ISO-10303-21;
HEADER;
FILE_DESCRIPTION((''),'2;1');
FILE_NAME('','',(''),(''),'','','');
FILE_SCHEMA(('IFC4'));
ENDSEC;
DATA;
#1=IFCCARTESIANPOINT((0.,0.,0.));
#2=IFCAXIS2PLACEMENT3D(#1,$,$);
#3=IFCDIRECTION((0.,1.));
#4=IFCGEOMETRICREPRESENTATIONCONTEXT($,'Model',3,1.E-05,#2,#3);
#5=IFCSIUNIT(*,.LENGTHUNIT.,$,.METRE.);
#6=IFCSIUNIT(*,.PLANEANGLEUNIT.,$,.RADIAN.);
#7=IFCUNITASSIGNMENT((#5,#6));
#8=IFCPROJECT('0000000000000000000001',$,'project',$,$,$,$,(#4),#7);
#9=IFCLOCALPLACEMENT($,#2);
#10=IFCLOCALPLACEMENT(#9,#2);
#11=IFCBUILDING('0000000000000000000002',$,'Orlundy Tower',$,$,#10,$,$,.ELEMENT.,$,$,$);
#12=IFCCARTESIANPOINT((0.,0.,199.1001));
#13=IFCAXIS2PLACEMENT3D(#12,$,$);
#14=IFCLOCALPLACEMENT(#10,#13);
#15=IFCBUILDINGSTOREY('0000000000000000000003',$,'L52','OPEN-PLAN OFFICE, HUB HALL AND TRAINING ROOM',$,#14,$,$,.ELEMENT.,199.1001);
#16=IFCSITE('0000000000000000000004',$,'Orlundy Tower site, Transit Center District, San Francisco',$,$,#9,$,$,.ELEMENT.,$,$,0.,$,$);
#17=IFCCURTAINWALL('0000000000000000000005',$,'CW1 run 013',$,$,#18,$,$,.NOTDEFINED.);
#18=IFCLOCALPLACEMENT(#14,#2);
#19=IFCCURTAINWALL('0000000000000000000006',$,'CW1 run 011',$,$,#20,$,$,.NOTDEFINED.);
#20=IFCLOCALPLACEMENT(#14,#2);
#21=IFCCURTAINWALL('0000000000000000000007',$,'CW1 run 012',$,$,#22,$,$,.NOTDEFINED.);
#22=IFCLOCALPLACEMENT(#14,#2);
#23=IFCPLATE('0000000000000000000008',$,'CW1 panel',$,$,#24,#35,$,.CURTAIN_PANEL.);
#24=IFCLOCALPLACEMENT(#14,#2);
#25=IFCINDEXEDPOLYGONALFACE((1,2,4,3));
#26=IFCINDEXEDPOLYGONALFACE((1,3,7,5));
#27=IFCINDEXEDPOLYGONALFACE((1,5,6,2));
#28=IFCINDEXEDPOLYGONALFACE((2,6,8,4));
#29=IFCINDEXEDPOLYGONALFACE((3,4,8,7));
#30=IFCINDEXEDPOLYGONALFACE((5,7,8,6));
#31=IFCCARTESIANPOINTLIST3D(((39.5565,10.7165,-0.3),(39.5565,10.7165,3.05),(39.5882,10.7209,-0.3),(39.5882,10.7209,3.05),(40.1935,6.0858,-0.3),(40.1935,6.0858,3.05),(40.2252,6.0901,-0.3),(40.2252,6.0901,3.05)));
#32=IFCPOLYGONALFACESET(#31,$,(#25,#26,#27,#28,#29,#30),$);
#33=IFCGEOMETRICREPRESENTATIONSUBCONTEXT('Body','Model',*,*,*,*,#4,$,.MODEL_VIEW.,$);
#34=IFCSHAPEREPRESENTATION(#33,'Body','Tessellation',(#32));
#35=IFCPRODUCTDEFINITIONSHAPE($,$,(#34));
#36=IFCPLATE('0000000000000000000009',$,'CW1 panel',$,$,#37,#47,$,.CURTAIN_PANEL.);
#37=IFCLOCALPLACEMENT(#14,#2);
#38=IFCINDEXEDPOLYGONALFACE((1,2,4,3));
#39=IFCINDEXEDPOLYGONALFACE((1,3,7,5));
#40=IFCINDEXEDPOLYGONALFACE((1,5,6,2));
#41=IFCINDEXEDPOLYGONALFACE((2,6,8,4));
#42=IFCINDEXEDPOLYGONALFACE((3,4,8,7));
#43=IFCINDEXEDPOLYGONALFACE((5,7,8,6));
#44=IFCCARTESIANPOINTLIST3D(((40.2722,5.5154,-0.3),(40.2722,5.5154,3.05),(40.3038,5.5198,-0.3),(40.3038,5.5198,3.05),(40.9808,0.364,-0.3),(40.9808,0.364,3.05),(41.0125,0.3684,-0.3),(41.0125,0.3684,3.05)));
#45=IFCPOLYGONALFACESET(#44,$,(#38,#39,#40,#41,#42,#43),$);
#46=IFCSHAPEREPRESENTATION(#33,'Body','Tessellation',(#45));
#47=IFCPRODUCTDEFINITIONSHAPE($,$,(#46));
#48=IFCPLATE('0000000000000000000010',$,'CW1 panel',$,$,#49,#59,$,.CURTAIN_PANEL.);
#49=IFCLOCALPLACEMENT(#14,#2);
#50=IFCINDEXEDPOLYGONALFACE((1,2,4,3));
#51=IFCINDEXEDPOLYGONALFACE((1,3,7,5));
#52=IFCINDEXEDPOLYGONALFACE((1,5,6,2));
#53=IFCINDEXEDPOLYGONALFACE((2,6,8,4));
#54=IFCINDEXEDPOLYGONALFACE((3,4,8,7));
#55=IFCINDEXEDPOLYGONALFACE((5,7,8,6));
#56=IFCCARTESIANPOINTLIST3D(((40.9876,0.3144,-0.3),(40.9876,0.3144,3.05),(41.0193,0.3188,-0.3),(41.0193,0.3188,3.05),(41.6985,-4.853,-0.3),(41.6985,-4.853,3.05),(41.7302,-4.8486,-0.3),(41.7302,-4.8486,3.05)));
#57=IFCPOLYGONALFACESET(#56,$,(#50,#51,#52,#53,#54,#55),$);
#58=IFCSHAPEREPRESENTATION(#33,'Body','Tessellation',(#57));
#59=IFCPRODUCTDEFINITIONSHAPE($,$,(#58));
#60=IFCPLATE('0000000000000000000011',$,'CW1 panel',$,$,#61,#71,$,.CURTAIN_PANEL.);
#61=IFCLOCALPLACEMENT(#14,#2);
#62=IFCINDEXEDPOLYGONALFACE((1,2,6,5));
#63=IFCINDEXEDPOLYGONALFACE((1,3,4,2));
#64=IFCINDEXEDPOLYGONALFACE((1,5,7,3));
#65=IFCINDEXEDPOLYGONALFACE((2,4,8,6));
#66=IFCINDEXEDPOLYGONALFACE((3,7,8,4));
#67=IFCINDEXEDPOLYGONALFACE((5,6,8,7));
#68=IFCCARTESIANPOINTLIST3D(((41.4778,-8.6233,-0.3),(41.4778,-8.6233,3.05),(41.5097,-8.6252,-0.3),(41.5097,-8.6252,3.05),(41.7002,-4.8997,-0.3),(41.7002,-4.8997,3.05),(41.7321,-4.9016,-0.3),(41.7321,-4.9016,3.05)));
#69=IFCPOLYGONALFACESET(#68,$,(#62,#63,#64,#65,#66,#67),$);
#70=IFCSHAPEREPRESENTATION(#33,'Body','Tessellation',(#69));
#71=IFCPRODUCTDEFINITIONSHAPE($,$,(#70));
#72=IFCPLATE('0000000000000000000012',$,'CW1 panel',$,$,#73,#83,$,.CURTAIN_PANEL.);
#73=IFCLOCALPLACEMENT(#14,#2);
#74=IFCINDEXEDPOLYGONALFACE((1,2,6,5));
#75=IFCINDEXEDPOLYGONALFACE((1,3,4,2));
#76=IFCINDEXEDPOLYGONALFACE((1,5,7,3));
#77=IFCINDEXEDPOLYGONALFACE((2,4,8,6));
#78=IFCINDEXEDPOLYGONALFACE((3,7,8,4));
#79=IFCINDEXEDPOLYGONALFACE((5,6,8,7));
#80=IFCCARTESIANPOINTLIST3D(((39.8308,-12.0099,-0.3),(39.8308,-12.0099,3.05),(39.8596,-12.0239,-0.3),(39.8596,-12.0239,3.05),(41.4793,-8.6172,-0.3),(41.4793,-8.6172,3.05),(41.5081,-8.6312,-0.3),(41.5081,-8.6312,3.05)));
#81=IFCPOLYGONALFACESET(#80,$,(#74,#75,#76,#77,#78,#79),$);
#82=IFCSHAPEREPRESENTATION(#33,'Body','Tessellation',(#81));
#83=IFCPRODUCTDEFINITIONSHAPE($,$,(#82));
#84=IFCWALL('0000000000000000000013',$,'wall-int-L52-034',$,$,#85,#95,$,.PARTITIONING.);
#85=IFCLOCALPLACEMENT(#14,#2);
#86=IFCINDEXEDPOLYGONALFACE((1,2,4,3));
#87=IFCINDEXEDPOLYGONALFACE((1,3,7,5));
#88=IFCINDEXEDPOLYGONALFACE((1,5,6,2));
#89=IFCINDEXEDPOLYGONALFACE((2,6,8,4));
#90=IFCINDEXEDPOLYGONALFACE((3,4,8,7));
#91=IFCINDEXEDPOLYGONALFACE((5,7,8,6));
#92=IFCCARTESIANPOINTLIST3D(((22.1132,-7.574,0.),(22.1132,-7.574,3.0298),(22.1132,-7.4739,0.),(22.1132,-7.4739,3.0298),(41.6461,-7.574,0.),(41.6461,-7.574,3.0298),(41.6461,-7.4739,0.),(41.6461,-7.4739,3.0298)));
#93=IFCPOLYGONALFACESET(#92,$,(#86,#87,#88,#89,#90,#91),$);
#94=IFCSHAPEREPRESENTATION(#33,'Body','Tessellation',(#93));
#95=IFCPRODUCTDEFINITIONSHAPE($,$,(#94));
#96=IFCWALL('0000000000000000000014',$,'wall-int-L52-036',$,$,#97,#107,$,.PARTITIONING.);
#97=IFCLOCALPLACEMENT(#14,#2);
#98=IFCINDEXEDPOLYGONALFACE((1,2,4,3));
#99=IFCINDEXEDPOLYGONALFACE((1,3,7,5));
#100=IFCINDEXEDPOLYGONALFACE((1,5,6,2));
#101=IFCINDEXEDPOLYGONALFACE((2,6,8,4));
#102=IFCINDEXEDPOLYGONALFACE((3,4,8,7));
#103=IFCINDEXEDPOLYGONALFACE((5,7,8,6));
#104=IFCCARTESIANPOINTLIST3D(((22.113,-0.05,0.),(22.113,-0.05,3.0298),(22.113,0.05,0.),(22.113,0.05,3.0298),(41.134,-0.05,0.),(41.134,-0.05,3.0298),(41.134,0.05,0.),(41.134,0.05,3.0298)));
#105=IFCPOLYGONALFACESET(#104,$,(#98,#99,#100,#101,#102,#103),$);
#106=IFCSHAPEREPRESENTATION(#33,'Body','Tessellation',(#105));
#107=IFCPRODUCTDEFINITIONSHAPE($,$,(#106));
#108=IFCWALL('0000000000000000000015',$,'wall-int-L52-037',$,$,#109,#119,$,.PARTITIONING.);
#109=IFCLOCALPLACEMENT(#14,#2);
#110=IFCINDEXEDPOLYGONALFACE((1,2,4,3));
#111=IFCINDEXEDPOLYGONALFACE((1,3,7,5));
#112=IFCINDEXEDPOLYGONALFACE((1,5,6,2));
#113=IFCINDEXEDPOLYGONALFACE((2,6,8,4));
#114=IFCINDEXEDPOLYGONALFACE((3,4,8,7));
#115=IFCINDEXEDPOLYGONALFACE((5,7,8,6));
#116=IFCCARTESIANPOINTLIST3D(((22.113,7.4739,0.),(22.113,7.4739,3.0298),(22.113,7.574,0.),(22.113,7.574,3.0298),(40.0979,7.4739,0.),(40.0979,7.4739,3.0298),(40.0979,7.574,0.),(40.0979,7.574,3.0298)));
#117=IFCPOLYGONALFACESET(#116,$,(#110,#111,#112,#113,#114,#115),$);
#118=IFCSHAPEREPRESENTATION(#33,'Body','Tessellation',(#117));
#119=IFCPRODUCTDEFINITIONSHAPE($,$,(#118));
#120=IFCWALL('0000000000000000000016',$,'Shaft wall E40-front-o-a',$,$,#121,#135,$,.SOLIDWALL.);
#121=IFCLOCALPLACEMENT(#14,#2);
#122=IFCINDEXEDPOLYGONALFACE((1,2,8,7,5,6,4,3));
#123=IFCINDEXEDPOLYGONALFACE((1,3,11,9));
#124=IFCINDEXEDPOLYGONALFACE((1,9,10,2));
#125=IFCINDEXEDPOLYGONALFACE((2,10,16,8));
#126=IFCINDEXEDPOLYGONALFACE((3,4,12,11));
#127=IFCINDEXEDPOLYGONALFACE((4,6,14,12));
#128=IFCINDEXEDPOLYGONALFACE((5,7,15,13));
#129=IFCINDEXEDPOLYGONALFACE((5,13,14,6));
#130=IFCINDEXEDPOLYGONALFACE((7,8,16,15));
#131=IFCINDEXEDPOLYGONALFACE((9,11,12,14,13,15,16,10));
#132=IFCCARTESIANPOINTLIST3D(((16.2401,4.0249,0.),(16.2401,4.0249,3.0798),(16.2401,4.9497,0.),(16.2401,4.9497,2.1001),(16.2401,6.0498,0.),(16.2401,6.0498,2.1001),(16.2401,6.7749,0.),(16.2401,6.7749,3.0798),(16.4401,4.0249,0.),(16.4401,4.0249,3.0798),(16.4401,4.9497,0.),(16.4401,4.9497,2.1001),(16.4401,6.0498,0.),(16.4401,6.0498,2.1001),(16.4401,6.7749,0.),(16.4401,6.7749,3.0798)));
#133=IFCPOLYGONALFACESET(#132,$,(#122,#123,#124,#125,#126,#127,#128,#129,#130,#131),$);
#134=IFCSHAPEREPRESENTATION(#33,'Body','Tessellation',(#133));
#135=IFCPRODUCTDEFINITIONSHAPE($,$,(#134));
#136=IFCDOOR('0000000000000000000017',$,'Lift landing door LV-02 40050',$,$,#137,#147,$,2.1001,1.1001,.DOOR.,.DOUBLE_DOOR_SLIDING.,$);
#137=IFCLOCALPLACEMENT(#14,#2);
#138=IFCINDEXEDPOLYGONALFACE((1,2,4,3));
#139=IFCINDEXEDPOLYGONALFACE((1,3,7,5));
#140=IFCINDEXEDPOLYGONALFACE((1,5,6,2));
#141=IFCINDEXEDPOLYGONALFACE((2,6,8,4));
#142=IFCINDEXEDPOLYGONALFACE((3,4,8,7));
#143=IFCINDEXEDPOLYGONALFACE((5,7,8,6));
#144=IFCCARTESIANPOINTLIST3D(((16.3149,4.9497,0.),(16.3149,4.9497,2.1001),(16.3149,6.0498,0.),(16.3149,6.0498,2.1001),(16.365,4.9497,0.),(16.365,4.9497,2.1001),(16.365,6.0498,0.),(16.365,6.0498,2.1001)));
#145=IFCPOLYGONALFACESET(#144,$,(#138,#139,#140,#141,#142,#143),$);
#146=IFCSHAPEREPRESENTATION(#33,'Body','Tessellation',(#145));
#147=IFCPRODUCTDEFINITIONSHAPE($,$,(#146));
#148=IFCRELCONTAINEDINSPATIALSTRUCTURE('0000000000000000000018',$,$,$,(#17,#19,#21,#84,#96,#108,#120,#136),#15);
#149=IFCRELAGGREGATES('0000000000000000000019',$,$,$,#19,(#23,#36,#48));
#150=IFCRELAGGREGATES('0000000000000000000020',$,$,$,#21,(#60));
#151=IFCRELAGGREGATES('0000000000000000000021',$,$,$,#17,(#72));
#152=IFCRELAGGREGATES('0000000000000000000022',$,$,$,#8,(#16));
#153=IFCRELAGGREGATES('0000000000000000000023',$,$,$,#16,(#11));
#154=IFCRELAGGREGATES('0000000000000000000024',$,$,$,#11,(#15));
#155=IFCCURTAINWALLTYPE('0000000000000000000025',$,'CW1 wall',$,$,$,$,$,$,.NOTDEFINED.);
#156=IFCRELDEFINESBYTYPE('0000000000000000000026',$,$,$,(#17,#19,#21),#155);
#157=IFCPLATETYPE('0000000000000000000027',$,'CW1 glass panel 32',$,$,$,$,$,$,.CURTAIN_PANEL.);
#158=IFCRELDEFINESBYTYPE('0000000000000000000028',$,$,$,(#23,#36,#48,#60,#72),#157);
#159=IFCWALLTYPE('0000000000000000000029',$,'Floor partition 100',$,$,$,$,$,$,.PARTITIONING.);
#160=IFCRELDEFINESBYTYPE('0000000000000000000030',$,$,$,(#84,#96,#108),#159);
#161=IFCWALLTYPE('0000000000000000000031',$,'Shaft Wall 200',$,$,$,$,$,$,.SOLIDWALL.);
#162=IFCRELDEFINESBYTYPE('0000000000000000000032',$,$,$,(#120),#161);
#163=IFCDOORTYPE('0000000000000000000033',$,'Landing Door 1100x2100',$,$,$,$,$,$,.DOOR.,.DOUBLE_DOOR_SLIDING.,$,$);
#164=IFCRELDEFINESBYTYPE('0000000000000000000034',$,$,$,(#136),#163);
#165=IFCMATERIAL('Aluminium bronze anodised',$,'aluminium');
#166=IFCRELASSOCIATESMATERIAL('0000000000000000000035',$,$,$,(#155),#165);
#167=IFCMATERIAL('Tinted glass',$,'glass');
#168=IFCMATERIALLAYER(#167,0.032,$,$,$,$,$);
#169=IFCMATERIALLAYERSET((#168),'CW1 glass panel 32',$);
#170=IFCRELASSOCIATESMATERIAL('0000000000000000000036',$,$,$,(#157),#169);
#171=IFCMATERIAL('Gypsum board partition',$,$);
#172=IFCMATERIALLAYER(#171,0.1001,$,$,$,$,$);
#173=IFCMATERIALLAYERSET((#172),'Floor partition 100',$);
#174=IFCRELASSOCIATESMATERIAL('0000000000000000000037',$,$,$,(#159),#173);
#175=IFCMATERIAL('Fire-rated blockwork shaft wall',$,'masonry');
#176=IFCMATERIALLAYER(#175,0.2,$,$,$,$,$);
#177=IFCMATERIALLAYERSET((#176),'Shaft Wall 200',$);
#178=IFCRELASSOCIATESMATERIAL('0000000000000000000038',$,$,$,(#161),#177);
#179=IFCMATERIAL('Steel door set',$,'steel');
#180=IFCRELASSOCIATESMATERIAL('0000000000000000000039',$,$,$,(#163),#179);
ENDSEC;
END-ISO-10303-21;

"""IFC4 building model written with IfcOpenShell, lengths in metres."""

from ifc_helpers import new_model, si_unit, direction, frame, frame_2d, origin, origin_2d, place, context, subcontext, project, spatial, rectangle, extrude, material, layer, layer_set, type_object, element, fill, aggregate, save


model = new_model("IFC4")

# Units and contexts
model_context = context("Model", 3, precision=1e-05, world=origin(), true_north=direction((0.0, 1.0)))
body_context = subcontext(model_context, "Body", "Model", "MODEL_VIEW")
ifc_project = project(units=[si_unit("LENGTHUNIT", "METRE"), si_unit("PLANEANGLEUNIT", "RADIAN")], contexts=[model_context])

# Site, building, storey
site_placement = place(None, origin())
site = spatial("IfcSite", under=ifc_project, at=site_placement, Name="Orlundy Tower site, Transit Center District, San Francisco", CompositionType="ELEMENT", RefElevation=0.0)
building_placement = place(site_placement, origin())
building = spatial("IfcBuilding", under=site, at=building_placement, Name="Orlundy Tower", CompositionType="ELEMENT")
storey_placement = place(building_placement, frame((0.0, 0.0, 199.1001)))
storey = spatial("IfcBuildingStorey", under=building, at=storey_placement, Name="L52", Description="OPEN-PLAN OFFICE, HUB HALL AND TRAINING ROOM", CompositionType="ELEMENT", Elevation=199.1001)

# Curtain wall
ifc_material_1 = material(Name="Aluminium bronze anodised", Category="aluminium")
curtain_wall_type = type_object("IfcCurtainWallType", Name="CW1 wall", PredefinedType="NOTDEFINED", material=ifc_material_1)
curtain_wall_1_placement = place(storey_placement, origin())
curtain_wall_1 = element("IfcCurtainWall", 1, at=curtain_wall_1_placement, inside=storey, type_object=curtain_wall_type, Name="CW1 run 013", PredefinedType="NOTDEFINED")

# Curtain wall
curtain_wall_2_placement = place(storey_placement, origin())
curtain_wall_2 = element("IfcCurtainWall", 2, at=curtain_wall_2_placement, inside=storey, type_object=curtain_wall_type, Name="CW1 run 011", PredefinedType="NOTDEFINED")

# Curtain wall
curtain_wall_3_placement = place(storey_placement, origin())
curtain_wall_3 = element("IfcCurtainWall", 3, at=curtain_wall_3_placement, inside=storey, type_object=curtain_wall_type, Name="CW1 run 012", PredefinedType="NOTDEFINED")

# Plates
ifc_material_2 = material(Name="Tinted glass", Category="glass")
ifc_layer_1 = layer(ifc_material_2, 0.032)
ifc_layer_set_1 = layer_set([ifc_layer_1], Name="CW1 glass panel 32")
plate_type = type_object("IfcPlateType", Name="CW1 glass panel 32", PredefinedType="CURTAIN_PANEL", material=ifc_layer_set_1)
plate_1_placement = place(storey_placement, frame((39.8909, 8.4033, -0.3), z_axis=(0.0, 0.0, 1.0), x_axis=(0.136286, -0.99067, 0.0)))
plate_1 = element("IfcPlate", 4, at=plate_1_placement, type_object=plate_type, Name="CW1 panel", PredefinedType="CURTAIN_PANEL", context=body_context, shape_type="SweptSolid", body=[
    extrude(rectangle(XDim=4.6743, YDim=0.032, at=origin_2d()), origin(), (0.0, 0.0, 1.0), 3.3501),
])
plate_2_placement = place(storey_placement, frame((40.6423, 2.9419, -0.3), z_axis=(0.0, 0.0, 1.0), x_axis=(0.136286, -0.99067, 0.0)))
plate_2 = element("IfcPlate", 5, at=plate_2_placement, type_object=plate_type, Name="CW1 panel", PredefinedType="CURTAIN_PANEL", context=body_context, shape_type="SweptSolid", body=[
    extrude(rectangle(XDim=5.2, YDim=0.032, at=origin_2d()), origin(), (0.0, 0.0, 1.0), 3.3501),
])
plate_3_placement = place(storey_placement, frame((41.3589, -2.2671, -0.3), z_axis=(0.0, 0.0, 1.0), x_axis=(0.136286, -0.99067, 0.0)))
plate_3 = element("IfcPlate", 6, at=plate_3_placement, type_object=plate_type, Name="CW1 panel", PredefinedType="CURTAIN_PANEL", context=body_context, shape_type="SweptSolid", body=[
    extrude(rectangle(XDim=5.2161, YDim=0.032, at=origin_2d()), origin(), (0.0, 0.0, 1.0), 3.3501),
])
aggregate(curtain_wall_2, [plate_1, plate_2, plate_3])
plate_4_placement = place(storey_placement, frame((41.605, -6.7625, -0.3), z_axis=(0.0, 0.0, 1.0), x_axis=(-0.059623, -0.998221, 0.0)))
plate_4 = element("IfcPlate", 7, at=plate_4_placement, type_object=plate_type, Name="CW1 panel", PredefinedType="CURTAIN_PANEL", context=body_context, shape_type="SweptSolid", body=[
    extrude(rectangle(XDim=3.7302, YDim=0.032, at=origin_2d()), origin(), (0.0, 0.0, 1.0), 3.3501),
])
aggregate(curtain_wall_3, [plate_4])
plate_5_placement = place(storey_placement, frame((40.6694, -10.3206, -0.3), z_axis=(0.0, 0.0, 1.0), x_axis=(-0.437041, -0.899442, 0.0)))
plate_5 = element("IfcPlate", 8, at=plate_5_placement, type_object=plate_type, Name="CW1 panel", PredefinedType="CURTAIN_PANEL", context=body_context, shape_type="SweptSolid", body=[
    extrude(rectangle(XDim=3.772, YDim=0.032, at=origin_2d()), origin(), (0.0, 0.0, 1.0), 3.3501),
])
aggregate(curtain_wall_1, [plate_5])

# Walls
ifc_material_3 = material(Name="Gypsum board partition")
ifc_layer_2 = layer(ifc_material_3, 0.1001)
ifc_layer_set_2 = layer_set([ifc_layer_2], Name="Floor partition 100")
wall_type_1 = type_object("IfcWallType", Name="Floor partition 100", PredefinedType="PARTITIONING", material=ifc_layer_set_2)
wall_1_placement = place(storey_placement, frame((22.113, -7.5239, 0.0), z_axis=(0.0, 0.0, 1.0), x_axis=(1.0, 0.0, 0.0)))
element("IfcWall", 9, at=wall_1_placement, inside=storey, type_object=wall_type_1, Name="wall-int-L52-034", PredefinedType="PARTITIONING", context=body_context, shape_type="SweptSolid", body=[
    extrude(rectangle(XDim=19.533, YDim=0.1001, at=frame_2d((9.7666, 0.0))), origin(), (0.0, 0.0, 1.0), 3.0298),
])
wall_2_placement = place(storey_placement, frame((22.113, 0.0, 0.0), z_axis=(0.0, 0.0, 1.0), x_axis=(1.0, 0.0, 0.0)))
element("IfcWall", 10, at=wall_2_placement, inside=storey, type_object=wall_type_1, Name="wall-int-L52-036", PredefinedType="PARTITIONING", context=body_context, shape_type="SweptSolid", body=[
    extrude(rectangle(XDim=19.021, YDim=0.1001, at=frame_2d((9.5105, 0.0))), origin(), (0.0, 0.0, 1.0), 3.0298),
])
wall_3_placement = place(storey_placement, frame((22.113, 7.5239, 0.0), z_axis=(0.0, 0.0, 1.0), x_axis=(1.0, 0.0, 0.0)))
element("IfcWall", 11, at=wall_3_placement, inside=storey, type_object=wall_type_1, Name="wall-int-L52-037", PredefinedType="PARTITIONING", context=body_context, shape_type="SweptSolid", body=[
    extrude(rectangle(XDim=17.9849, YDim=0.1001, at=frame_2d((8.9924, 0.0))), origin(), (0.0, 0.0, 1.0), 3.0298),
])

# Wall, opening, door
ifc_material_4 = material(Name="Fire-rated blockwork shaft wall", Category="masonry")
ifc_layer_3 = layer(ifc_material_4, 0.2)
ifc_layer_set_3 = layer_set([ifc_layer_3], Name="Shaft Wall 200")
wall_type_2 = type_object("IfcWallType", Name="Shaft Wall 200", PredefinedType="SOLIDWALL", material=ifc_layer_set_3)
wall_4_placement = place(storey_placement, frame((16.3401, 6.7749, 0.0), z_axis=(0.0, 0.0, 1.0), x_axis=(0.0, -1.0, 0.0)))
wall_4 = element("IfcWall", 12, at=wall_4_placement, inside=storey, type_object=wall_type_2, Name="Shaft wall E40-front-o-a", PredefinedType="SOLIDWALL", context=body_context, shape_type="SweptSolid", body=[
    extrude(rectangle(XDim=2.75, YDim=0.2, at=frame_2d((1.375, 0.0))), origin(), (0.0, 0.0, 1.0), 3.0798),
])
opening_1_placement = place(wall_4_placement, frame((0.7251, 0.0, 0.0)))
opening_1 = element("IfcOpeningElement", 13, at=opening_1_placement, cuts=wall_4, PredefinedType="OPENING", context=body_context, shape_type="SweptSolid", body=[
    extrude(rectangle(XDim=1.1001, YDim=2.1001, at=frame_2d((0.55, 1.05))), frame((0.0, 0.1101, 0.0), z_axis=(0.0, -1.0, 0.0), x_axis=(1.0, 0.0, 0.0)), (0.0, 0.0, 1.0), 0.2202),
])
ifc_material_5 = material(Name="Steel door set", Category="steel")
door_type = type_object("IfcDoorType", Name="Landing Door 1100x2100", OperationType="DOUBLE_DOOR_SLIDING", PredefinedType="DOOR", material=ifc_material_5)
door_1_placement = place(opening_1_placement, origin())
door_1 = element("IfcDoor", 14, at=door_1_placement, inside=storey, type_object=door_type, Name="Lift landing door LV-02 40050", OperationType="DOUBLE_DOOR_SLIDING", OverallHeight=2.1001, OverallWidth=1.1001, PredefinedType="DOOR", context=body_context, shape_type="SweptSolid", body=[
    extrude(rectangle(XDim=1.1001, YDim=2.1001, at=frame_2d((0.55, 1.05))), frame((0.0, 0.0249, 0.0), z_axis=(0.0, -1.0, 0.0), x_axis=(1.0, 0.0, 0.0)), (0.0, 0.0, 1.0), 0.05),
])
fill(opening_1, door_1)

save(model, "model.ifc")
